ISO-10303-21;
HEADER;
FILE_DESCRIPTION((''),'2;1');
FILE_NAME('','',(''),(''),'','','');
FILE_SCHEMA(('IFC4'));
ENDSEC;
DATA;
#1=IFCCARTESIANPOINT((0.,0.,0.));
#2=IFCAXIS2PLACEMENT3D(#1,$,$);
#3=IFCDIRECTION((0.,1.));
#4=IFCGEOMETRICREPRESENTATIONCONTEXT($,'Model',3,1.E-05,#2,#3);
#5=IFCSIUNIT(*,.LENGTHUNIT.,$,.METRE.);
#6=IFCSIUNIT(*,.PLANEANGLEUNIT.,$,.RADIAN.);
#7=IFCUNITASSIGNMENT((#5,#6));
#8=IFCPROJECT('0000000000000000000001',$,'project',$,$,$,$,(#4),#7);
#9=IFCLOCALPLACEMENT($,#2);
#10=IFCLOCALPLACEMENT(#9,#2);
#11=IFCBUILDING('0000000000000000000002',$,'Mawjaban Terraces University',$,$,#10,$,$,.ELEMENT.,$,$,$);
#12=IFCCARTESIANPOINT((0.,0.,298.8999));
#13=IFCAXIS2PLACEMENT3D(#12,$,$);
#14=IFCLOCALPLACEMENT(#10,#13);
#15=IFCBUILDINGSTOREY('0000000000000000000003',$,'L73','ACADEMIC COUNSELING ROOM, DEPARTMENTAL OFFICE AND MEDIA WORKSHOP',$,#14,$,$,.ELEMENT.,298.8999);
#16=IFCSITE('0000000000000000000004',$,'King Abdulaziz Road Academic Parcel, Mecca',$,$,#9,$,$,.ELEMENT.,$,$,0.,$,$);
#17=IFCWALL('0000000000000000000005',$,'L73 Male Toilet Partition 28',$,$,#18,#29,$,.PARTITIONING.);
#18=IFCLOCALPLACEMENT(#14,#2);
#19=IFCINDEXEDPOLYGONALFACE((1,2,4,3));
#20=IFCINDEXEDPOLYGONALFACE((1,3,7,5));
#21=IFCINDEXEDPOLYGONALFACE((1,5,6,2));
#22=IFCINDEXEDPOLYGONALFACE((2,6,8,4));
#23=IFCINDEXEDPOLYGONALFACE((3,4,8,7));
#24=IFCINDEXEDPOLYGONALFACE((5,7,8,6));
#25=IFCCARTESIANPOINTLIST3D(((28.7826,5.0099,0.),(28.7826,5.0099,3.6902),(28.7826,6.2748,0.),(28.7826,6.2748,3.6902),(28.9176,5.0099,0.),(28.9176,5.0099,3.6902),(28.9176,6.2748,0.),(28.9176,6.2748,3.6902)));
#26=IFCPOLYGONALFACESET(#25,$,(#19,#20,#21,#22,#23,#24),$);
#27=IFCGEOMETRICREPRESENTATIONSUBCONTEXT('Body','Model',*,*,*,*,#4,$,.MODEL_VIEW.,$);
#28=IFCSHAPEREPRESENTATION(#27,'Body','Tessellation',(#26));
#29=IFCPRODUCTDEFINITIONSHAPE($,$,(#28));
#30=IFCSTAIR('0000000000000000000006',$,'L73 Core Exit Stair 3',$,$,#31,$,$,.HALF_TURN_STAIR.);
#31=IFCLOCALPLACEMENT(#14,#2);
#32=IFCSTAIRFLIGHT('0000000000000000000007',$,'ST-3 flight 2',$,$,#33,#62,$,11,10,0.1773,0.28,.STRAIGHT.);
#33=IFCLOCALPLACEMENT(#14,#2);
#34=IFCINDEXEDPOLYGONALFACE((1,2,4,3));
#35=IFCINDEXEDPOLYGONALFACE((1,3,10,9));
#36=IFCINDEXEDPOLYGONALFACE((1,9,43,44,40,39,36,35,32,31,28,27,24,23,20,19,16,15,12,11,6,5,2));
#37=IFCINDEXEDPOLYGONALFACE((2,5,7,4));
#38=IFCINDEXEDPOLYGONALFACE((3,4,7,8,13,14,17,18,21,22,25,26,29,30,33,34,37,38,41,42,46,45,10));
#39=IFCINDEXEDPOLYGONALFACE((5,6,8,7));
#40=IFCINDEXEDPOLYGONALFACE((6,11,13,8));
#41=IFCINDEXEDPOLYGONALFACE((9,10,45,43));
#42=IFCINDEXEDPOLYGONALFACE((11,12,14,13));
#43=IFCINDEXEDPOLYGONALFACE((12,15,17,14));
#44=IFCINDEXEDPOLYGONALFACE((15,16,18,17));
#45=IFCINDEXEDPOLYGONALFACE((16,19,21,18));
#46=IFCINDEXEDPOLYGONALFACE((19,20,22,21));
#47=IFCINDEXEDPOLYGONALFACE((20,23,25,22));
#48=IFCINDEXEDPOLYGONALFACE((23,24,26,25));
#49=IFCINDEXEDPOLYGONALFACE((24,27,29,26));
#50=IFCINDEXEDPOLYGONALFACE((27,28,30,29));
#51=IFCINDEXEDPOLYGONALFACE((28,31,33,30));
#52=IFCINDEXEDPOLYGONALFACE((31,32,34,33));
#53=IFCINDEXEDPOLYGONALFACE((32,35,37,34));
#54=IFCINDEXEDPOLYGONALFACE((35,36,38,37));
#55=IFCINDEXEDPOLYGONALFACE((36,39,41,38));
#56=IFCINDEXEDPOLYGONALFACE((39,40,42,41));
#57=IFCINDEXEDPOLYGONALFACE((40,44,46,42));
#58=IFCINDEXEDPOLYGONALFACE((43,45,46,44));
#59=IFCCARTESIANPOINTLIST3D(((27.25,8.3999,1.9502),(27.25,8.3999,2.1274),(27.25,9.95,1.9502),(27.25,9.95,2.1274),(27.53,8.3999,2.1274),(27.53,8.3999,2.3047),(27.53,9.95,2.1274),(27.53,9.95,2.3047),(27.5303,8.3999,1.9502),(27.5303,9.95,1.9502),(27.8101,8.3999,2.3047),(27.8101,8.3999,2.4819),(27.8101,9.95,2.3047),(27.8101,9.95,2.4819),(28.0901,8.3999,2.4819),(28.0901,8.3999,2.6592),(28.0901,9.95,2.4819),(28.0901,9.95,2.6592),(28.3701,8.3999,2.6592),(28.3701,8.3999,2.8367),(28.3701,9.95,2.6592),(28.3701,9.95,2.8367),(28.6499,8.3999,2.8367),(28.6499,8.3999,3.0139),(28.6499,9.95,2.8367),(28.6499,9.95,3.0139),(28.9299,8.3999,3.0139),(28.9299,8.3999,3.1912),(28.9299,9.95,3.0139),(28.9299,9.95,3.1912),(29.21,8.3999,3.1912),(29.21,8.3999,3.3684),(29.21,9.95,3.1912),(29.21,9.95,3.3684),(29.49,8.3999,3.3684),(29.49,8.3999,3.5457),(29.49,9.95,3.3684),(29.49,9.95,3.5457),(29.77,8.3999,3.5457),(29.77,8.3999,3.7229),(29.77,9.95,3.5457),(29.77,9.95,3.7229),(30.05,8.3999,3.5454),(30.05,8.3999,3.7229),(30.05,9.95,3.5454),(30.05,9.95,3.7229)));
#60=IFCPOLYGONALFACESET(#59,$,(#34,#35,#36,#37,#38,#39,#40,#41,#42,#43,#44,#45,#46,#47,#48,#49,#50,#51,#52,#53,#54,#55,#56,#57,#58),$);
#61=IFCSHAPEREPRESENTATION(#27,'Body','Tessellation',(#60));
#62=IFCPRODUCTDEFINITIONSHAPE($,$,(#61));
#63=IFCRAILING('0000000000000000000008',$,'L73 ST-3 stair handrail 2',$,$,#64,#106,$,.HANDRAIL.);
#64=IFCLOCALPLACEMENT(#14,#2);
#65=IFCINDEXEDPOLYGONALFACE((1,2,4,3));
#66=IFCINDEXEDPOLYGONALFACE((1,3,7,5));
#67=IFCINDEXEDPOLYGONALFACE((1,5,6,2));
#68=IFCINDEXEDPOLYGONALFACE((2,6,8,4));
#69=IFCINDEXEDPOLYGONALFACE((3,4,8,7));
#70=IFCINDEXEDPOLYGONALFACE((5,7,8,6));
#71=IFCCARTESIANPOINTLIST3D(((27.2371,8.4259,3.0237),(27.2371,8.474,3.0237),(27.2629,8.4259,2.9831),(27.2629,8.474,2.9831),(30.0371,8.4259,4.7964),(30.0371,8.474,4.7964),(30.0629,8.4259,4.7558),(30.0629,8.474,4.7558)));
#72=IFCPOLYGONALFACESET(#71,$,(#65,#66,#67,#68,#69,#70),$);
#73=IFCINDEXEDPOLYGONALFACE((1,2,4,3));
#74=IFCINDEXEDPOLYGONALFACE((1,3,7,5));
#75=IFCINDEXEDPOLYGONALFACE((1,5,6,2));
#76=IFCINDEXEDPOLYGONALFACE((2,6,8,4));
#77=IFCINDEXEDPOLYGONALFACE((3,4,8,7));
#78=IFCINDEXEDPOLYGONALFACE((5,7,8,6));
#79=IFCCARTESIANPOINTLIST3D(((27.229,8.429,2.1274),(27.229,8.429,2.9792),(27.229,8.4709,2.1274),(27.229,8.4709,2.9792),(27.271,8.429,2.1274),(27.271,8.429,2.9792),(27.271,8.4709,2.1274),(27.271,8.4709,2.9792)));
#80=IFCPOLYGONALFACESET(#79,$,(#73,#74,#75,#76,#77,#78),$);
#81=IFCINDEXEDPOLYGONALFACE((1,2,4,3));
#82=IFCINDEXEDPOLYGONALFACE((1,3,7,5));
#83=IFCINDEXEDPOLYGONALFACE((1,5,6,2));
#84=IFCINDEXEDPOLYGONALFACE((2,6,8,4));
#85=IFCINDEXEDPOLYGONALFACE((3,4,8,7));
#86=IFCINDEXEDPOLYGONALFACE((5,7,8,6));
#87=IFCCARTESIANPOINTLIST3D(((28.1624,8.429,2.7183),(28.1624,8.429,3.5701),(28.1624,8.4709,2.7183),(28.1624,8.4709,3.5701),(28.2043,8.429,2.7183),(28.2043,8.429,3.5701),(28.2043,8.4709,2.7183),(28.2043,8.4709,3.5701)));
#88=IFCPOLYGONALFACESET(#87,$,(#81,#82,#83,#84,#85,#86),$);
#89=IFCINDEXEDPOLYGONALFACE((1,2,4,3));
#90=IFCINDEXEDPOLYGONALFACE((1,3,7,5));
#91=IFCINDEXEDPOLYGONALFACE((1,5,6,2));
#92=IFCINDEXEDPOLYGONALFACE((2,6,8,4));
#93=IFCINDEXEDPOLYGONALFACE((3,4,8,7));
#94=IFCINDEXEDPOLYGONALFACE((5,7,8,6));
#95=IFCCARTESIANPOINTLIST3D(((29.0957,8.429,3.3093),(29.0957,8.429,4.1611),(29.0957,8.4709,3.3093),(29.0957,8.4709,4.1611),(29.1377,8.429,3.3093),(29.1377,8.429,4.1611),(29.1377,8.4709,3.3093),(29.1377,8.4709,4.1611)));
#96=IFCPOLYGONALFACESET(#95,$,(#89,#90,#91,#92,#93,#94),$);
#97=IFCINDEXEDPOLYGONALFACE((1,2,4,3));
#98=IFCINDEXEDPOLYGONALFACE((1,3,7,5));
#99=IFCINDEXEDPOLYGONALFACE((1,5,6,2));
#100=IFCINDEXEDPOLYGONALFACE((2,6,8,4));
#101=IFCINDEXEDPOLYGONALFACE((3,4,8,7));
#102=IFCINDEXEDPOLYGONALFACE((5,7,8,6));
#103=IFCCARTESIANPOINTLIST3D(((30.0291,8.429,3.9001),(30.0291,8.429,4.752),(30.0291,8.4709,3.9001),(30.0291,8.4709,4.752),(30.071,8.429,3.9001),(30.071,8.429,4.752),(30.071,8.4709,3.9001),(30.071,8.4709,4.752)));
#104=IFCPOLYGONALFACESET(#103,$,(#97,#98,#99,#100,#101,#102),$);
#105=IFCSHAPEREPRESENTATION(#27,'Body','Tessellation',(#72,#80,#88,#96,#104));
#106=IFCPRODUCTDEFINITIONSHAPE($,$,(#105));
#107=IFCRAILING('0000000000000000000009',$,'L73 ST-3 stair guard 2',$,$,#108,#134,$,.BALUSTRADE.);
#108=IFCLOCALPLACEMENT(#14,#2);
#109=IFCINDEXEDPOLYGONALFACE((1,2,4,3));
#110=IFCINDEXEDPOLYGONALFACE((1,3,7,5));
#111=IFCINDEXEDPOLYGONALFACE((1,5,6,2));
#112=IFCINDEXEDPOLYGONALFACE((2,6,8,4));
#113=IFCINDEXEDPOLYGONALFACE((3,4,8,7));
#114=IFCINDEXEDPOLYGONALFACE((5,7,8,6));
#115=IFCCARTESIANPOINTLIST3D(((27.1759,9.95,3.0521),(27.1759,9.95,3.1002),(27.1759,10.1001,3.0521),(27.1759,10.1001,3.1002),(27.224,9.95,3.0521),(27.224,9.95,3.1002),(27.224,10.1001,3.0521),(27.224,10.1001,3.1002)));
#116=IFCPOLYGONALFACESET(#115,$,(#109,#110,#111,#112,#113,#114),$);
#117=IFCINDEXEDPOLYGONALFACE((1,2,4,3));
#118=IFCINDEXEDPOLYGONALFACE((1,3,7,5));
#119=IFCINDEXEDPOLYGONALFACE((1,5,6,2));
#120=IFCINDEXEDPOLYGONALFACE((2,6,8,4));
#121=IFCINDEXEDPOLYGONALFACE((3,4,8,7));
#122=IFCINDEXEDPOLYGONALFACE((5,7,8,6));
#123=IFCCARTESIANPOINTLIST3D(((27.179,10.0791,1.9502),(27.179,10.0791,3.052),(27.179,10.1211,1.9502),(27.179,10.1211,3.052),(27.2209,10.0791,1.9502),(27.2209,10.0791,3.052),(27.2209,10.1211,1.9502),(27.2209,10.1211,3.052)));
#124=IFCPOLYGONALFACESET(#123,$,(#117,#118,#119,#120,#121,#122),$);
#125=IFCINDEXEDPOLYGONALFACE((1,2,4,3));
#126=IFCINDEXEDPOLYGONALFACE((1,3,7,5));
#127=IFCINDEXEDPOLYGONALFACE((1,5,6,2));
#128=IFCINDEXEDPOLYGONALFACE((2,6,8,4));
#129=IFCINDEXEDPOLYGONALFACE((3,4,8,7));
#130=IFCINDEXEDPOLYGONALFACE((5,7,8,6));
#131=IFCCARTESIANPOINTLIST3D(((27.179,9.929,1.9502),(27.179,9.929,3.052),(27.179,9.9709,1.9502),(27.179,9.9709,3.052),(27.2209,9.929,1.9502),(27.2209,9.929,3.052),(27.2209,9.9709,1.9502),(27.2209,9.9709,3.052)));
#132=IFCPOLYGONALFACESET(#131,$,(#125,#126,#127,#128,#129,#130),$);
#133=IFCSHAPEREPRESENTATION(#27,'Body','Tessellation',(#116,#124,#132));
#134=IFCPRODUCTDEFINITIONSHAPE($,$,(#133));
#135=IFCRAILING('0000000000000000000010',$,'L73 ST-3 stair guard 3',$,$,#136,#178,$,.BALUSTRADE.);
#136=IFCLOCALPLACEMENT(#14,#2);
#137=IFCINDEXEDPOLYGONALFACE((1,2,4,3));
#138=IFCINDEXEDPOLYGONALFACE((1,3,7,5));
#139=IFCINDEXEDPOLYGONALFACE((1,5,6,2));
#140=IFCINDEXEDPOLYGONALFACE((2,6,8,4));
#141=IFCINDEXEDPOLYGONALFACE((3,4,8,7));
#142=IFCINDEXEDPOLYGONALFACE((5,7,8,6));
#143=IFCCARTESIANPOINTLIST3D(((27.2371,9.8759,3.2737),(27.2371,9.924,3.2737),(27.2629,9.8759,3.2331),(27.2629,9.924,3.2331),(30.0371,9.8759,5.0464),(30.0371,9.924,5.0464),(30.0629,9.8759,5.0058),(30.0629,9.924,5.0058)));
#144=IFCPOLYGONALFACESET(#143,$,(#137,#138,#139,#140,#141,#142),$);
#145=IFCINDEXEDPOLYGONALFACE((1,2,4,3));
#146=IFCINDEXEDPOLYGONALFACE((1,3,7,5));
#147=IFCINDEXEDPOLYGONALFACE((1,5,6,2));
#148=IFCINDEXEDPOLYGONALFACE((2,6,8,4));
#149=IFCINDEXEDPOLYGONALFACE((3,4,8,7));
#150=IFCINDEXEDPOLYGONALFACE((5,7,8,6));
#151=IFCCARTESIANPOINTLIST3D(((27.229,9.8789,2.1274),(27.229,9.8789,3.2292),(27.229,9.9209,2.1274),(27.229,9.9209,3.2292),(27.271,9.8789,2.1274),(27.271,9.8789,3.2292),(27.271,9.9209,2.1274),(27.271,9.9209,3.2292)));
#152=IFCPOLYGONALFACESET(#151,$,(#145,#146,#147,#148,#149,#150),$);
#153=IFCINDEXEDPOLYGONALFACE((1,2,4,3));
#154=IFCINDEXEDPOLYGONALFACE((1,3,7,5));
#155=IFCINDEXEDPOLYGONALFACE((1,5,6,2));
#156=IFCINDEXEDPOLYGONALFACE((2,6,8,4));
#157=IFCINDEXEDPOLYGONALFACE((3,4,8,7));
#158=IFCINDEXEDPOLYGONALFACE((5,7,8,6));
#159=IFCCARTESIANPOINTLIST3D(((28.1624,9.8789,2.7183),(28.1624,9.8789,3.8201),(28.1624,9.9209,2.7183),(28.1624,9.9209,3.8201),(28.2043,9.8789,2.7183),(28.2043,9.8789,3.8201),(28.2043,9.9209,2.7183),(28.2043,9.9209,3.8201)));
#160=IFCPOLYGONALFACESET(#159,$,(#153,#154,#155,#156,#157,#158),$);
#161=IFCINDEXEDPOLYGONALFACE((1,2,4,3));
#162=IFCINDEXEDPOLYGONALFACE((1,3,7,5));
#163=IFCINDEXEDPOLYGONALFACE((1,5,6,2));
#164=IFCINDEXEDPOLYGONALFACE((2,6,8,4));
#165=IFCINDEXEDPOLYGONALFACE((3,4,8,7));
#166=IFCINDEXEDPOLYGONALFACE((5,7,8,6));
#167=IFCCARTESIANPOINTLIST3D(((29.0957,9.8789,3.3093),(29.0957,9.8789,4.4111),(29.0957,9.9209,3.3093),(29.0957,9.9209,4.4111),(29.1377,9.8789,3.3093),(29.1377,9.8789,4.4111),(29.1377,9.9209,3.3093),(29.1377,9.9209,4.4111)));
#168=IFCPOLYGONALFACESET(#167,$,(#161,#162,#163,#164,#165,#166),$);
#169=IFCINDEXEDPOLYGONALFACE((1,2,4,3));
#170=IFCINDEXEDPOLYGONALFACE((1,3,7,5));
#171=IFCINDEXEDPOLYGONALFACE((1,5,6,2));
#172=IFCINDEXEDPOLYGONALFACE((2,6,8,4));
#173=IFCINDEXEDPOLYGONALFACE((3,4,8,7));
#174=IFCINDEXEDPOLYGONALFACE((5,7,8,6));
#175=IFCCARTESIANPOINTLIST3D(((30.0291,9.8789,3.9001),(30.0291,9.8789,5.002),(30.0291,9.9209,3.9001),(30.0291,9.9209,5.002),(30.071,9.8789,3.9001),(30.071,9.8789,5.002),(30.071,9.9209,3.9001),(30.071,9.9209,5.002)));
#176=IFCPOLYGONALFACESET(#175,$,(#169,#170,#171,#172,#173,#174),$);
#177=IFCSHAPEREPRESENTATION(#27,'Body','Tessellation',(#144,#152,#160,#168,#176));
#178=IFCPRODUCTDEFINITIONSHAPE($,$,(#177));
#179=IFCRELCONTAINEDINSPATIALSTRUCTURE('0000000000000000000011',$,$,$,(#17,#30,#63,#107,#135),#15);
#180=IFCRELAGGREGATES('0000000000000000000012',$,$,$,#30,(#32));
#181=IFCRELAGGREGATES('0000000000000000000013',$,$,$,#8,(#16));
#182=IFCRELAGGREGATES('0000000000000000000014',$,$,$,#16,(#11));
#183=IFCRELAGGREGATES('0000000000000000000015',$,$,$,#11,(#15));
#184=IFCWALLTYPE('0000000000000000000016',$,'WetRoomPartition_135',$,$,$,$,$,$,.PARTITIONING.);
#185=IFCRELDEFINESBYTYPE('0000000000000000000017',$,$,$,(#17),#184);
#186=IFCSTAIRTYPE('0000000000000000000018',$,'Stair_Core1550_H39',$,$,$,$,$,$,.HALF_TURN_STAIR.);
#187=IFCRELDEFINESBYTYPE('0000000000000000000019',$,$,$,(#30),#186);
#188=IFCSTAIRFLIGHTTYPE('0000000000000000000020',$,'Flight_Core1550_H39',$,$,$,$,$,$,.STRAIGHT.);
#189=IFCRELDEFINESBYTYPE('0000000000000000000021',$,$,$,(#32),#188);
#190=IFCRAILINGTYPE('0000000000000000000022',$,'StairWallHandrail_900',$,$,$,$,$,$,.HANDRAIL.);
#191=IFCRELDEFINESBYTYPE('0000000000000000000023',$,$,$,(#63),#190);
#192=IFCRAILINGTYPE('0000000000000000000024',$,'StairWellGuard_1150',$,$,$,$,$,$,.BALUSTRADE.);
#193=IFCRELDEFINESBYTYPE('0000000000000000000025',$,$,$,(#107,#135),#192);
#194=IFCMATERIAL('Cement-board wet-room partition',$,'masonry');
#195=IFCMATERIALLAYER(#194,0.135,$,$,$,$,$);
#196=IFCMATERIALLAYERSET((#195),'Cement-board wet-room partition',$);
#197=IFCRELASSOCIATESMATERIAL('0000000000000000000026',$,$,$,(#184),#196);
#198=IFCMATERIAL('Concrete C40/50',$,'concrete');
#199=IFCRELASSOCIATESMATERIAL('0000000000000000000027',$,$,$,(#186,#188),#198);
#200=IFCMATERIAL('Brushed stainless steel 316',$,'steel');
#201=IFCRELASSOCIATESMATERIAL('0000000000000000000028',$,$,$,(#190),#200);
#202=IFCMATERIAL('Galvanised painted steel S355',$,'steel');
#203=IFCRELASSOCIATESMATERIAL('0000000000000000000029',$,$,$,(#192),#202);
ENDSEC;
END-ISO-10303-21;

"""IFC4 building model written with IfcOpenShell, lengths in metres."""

from ifc_helpers import new_model, si_unit, direction, frame, frame_2d, origin, origin_2d, place, context, subcontext, project, spatial, polyline, rectangle, outline, extrude, material, layer, layer_set, type_object, element, aggregate, save


model = new_model("IFC4")

# Units and contexts
model_context = context("Model", 3, precision=1e-05, world=origin(), true_north=direction((0.0, 1.0)))
body_context = subcontext(model_context, "Body", "Model", "MODEL_VIEW")
ifc_project = project(units=[si_unit("LENGTHUNIT", "METRE"), si_unit("PLANEANGLEUNIT", "RADIAN")], contexts=[model_context])

# Site, building, storey
site_placement = place(None, origin())
site = spatial("IfcSite", under=ifc_project, at=site_placement, Name="King Abdulaziz Road Academic Parcel, Mecca", CompositionType="ELEMENT", RefElevation=0.0)
building_placement = place(site_placement, origin())
building = spatial("IfcBuilding", under=site, at=building_placement, Name="Mawjaban Terraces University", CompositionType="ELEMENT")
storey_placement = place(building_placement, frame((0.0, 0.0, 298.8999)))
storey = spatial("IfcBuildingStorey", under=building, at=storey_placement, Name="L73", Description="ACADEMIC COUNSELING ROOM, DEPARTMENTAL OFFICE AND MEDIA WORKSHOP", CompositionType="ELEMENT", Elevation=298.8999)

# Shared definitions
ifc_material_1 = material(Name="Concrete C40/50", Category="concrete")

# Wall
ifc_material_2 = material(Name="Cement-board wet-room partition", Category="masonry")
ifc_layer_1 = layer(ifc_material_2, 0.135)
ifc_layer_set_1 = layer_set([ifc_layer_1], Name="Cement-board wet-room partition")
wall_type_1 = type_object("IfcWallType", Name="WetRoomPartition_135", PredefinedType="PARTITIONING", material=ifc_layer_set_1)
wall_1_placement = place(storey_placement, frame((28.8501, 5.01, 0.0), z_axis=(0.0, 0.0, 1.0), x_axis=(0.0, 1.0, 0.0)))
element("IfcWall", 1, at=wall_1_placement, inside=storey, type_object=wall_type_1, Name="L73 Male Toilet Partition 28", PredefinedType="PARTITIONING", context=body_context, shape_type="SweptSolid", body=[
    extrude(rectangle(XDim=1.2649, YDim=0.135, at=frame_2d((0.6323, 0.0))), origin(), (0.0, 0.0, 1.0), 3.6902),
])

# Stair, stair flight
stair_type = type_object("IfcStairType", Name="Stair_Core1550_H39", PredefinedType="HALF_TURN_STAIR", material=ifc_material_1)
stair_placement = place(storey_placement, origin())
stair = element("IfcStair", 2, at=stair_placement, inside=storey, type_object=stair_type, Name="L73 Core Exit Stair 3", PredefinedType="HALF_TURN_STAIR")
stair_flight_type = type_object("IfcStairFlightType", Name="Flight_Core1550_H39", PredefinedType="STRAIGHT", material=ifc_material_1)
stair_flight_placement = place(storey_placement, frame((27.25, 9.175, 1.9502), z_axis=(0.0, 0.0, 1.0), x_axis=(1.0, 0.0, 0.0)))
stair_flight = element("IfcStairFlight", 3, at=stair_flight_placement, type_object=stair_flight_type, Name="ST-3 flight 2", NumberOfRisers=11, NumberOfTreads=10, PredefinedType="STRAIGHT", RiserHeight=0.1773, TreadLength=0.28, context=body_context, shape_type="SweptSolid", body=[
    extrude(outline(polyline([(0.0, 0.0), (0.0, 0.1772), (0.28, 0.1772), (0.28, 0.3545), (0.5601, 0.3545), (0.5601, 0.5317), (0.8401, 0.5317), (0.8401, 0.709), (1.1201, 0.709), (1.1201, 0.8865), (1.3999, 0.8865), (1.3999, 1.0637), (1.6799, 1.0637), (1.6799, 1.241), (1.96, 1.241), (1.96, 1.4182), (2.24, 1.4182), (2.24, 1.5955), (2.52, 1.5955), (2.52, 1.7727), (2.8, 1.7727), (2.8, 1.95), (2.8, 1.5952), (0.2803, 0.0), (0.0, 0.0)])), frame((0.0, 0.7749, 0.0), z_axis=(0.0, -1.0, 0.0), x_axis=(1.0, 0.0, 0.0)), (0.0, 0.0, 1.0), 1.55),
])
aggregate(stair, [stair_flight])

# Railings
ifc_material_3 = material(Name="Brushed stainless steel 316", Category="steel")
railing_type_1 = type_object("IfcRailingType", Name="StairWallHandrail_900", PredefinedType="HANDRAIL", material=ifc_material_3)
railing_1_placement = place(storey_placement, frame((27.25, 8.45, 2.1274)))
element("IfcRailing", 4, at=railing_1_placement, inside=storey, type_object=railing_type_1, Name="L73 ST-3 stair handrail 2", PredefinedType="HANDRAIL", context=body_context, shape_type="SweptSolid", body=[
    extrude(rectangle(XDim=0.0481, YDim=0.0481, at=origin_2d()), frame((0.0, 0.0, 0.876), z_axis=(0.844909, 0.0, 0.53491), x_axis=(0.0, 1.0, 0.0)), (0.0, 0.0, 1.0), 3.314),
    extrude(rectangle(XDim=0.042, YDim=0.042, at=origin_2d()), origin(), (0.0, 0.0, 1.0), 0.8518),
    extrude(rectangle(XDim=0.042, YDim=0.042, at=origin_2d()), frame((0.9333, 0.0, 0.5908)), (0.0, 0.0, 1.0), 0.8518),
    extrude(rectangle(XDim=0.042, YDim=0.042, at=origin_2d()), frame((1.8667, 0.0, 1.1819)), (0.0, 0.0, 1.0), 0.8518),
    extrude(rectangle(XDim=0.042, YDim=0.042, at=origin_2d()), frame((2.8, 0.0, 1.7727)), (0.0, 0.0, 1.0), 0.8518),
])
ifc_material_4 = material(Name="Galvanised painted steel S355", Category="steel")
railing_type_2 = type_object("IfcRailingType", Name="StairWellGuard_1150", PredefinedType="BALUSTRADE", material=ifc_material_4)
railing_2_placement = place(storey_placement, frame((27.2, 10.1001, 1.9502)))
element("IfcRailing", 5, at=railing_2_placement, inside=storey, type_object=railing_type_2, Name="L73 ST-3 stair guard 2", PredefinedType="BALUSTRADE", context=body_context, shape_type="SweptSolid", body=[
    extrude(rectangle(XDim=0.0481, YDim=0.0481, at=origin_2d()), frame((0.0, 0.0, 1.126), z_axis=(0.0, -1.0, 0.0), x_axis=(1.0, 0.0, 0.0)), (0.0, 0.0, 1.0), 0.1501),
    extrude(rectangle(XDim=0.042, YDim=0.042, at=origin_2d()), origin(), (0.0, 0.0, 1.0), 1.1018),
    extrude(rectangle(XDim=0.042, YDim=0.042, at=origin_2d()), frame((0.0, -0.1501, 0.0)), (0.0, 0.0, 1.0), 1.1018),
])
railing_3_placement = place(storey_placement, frame((27.25, 9.8999, 2.1274)))
element("IfcRailing", 6, at=railing_3_placement, inside=storey, type_object=railing_type_2, Name="L73 ST-3 stair guard 3", PredefinedType="BALUSTRADE", context=body_context, shape_type="SweptSolid", body=[
    extrude(rectangle(XDim=0.0481, YDim=0.0481, at=origin_2d()), frame((0.0, 0.0, 1.126), z_axis=(0.844909, 0.0, 0.53491), x_axis=(0.0, 1.0, 0.0)), (0.0, 0.0, 1.0), 3.314),
    extrude(rectangle(XDim=0.042, YDim=0.042, at=origin_2d()), origin(), (0.0, 0.0, 1.0), 1.1018),
    extrude(rectangle(XDim=0.042, YDim=0.042, at=origin_2d()), frame((0.9333, 0.0, 0.5908)), (0.0, 0.0, 1.0), 1.1018),
    extrude(rectangle(XDim=0.042, YDim=0.042, at=origin_2d()), frame((1.8667, 0.0, 1.1819)), (0.0, 0.0, 1.0), 1.1018),
    extrude(rectangle(XDim=0.042, YDim=0.042, at=origin_2d()), frame((2.8, 0.0, 1.7727)), (0.0, 0.0, 1.0), 1.1018),
])

save(model, "model.ifc")
